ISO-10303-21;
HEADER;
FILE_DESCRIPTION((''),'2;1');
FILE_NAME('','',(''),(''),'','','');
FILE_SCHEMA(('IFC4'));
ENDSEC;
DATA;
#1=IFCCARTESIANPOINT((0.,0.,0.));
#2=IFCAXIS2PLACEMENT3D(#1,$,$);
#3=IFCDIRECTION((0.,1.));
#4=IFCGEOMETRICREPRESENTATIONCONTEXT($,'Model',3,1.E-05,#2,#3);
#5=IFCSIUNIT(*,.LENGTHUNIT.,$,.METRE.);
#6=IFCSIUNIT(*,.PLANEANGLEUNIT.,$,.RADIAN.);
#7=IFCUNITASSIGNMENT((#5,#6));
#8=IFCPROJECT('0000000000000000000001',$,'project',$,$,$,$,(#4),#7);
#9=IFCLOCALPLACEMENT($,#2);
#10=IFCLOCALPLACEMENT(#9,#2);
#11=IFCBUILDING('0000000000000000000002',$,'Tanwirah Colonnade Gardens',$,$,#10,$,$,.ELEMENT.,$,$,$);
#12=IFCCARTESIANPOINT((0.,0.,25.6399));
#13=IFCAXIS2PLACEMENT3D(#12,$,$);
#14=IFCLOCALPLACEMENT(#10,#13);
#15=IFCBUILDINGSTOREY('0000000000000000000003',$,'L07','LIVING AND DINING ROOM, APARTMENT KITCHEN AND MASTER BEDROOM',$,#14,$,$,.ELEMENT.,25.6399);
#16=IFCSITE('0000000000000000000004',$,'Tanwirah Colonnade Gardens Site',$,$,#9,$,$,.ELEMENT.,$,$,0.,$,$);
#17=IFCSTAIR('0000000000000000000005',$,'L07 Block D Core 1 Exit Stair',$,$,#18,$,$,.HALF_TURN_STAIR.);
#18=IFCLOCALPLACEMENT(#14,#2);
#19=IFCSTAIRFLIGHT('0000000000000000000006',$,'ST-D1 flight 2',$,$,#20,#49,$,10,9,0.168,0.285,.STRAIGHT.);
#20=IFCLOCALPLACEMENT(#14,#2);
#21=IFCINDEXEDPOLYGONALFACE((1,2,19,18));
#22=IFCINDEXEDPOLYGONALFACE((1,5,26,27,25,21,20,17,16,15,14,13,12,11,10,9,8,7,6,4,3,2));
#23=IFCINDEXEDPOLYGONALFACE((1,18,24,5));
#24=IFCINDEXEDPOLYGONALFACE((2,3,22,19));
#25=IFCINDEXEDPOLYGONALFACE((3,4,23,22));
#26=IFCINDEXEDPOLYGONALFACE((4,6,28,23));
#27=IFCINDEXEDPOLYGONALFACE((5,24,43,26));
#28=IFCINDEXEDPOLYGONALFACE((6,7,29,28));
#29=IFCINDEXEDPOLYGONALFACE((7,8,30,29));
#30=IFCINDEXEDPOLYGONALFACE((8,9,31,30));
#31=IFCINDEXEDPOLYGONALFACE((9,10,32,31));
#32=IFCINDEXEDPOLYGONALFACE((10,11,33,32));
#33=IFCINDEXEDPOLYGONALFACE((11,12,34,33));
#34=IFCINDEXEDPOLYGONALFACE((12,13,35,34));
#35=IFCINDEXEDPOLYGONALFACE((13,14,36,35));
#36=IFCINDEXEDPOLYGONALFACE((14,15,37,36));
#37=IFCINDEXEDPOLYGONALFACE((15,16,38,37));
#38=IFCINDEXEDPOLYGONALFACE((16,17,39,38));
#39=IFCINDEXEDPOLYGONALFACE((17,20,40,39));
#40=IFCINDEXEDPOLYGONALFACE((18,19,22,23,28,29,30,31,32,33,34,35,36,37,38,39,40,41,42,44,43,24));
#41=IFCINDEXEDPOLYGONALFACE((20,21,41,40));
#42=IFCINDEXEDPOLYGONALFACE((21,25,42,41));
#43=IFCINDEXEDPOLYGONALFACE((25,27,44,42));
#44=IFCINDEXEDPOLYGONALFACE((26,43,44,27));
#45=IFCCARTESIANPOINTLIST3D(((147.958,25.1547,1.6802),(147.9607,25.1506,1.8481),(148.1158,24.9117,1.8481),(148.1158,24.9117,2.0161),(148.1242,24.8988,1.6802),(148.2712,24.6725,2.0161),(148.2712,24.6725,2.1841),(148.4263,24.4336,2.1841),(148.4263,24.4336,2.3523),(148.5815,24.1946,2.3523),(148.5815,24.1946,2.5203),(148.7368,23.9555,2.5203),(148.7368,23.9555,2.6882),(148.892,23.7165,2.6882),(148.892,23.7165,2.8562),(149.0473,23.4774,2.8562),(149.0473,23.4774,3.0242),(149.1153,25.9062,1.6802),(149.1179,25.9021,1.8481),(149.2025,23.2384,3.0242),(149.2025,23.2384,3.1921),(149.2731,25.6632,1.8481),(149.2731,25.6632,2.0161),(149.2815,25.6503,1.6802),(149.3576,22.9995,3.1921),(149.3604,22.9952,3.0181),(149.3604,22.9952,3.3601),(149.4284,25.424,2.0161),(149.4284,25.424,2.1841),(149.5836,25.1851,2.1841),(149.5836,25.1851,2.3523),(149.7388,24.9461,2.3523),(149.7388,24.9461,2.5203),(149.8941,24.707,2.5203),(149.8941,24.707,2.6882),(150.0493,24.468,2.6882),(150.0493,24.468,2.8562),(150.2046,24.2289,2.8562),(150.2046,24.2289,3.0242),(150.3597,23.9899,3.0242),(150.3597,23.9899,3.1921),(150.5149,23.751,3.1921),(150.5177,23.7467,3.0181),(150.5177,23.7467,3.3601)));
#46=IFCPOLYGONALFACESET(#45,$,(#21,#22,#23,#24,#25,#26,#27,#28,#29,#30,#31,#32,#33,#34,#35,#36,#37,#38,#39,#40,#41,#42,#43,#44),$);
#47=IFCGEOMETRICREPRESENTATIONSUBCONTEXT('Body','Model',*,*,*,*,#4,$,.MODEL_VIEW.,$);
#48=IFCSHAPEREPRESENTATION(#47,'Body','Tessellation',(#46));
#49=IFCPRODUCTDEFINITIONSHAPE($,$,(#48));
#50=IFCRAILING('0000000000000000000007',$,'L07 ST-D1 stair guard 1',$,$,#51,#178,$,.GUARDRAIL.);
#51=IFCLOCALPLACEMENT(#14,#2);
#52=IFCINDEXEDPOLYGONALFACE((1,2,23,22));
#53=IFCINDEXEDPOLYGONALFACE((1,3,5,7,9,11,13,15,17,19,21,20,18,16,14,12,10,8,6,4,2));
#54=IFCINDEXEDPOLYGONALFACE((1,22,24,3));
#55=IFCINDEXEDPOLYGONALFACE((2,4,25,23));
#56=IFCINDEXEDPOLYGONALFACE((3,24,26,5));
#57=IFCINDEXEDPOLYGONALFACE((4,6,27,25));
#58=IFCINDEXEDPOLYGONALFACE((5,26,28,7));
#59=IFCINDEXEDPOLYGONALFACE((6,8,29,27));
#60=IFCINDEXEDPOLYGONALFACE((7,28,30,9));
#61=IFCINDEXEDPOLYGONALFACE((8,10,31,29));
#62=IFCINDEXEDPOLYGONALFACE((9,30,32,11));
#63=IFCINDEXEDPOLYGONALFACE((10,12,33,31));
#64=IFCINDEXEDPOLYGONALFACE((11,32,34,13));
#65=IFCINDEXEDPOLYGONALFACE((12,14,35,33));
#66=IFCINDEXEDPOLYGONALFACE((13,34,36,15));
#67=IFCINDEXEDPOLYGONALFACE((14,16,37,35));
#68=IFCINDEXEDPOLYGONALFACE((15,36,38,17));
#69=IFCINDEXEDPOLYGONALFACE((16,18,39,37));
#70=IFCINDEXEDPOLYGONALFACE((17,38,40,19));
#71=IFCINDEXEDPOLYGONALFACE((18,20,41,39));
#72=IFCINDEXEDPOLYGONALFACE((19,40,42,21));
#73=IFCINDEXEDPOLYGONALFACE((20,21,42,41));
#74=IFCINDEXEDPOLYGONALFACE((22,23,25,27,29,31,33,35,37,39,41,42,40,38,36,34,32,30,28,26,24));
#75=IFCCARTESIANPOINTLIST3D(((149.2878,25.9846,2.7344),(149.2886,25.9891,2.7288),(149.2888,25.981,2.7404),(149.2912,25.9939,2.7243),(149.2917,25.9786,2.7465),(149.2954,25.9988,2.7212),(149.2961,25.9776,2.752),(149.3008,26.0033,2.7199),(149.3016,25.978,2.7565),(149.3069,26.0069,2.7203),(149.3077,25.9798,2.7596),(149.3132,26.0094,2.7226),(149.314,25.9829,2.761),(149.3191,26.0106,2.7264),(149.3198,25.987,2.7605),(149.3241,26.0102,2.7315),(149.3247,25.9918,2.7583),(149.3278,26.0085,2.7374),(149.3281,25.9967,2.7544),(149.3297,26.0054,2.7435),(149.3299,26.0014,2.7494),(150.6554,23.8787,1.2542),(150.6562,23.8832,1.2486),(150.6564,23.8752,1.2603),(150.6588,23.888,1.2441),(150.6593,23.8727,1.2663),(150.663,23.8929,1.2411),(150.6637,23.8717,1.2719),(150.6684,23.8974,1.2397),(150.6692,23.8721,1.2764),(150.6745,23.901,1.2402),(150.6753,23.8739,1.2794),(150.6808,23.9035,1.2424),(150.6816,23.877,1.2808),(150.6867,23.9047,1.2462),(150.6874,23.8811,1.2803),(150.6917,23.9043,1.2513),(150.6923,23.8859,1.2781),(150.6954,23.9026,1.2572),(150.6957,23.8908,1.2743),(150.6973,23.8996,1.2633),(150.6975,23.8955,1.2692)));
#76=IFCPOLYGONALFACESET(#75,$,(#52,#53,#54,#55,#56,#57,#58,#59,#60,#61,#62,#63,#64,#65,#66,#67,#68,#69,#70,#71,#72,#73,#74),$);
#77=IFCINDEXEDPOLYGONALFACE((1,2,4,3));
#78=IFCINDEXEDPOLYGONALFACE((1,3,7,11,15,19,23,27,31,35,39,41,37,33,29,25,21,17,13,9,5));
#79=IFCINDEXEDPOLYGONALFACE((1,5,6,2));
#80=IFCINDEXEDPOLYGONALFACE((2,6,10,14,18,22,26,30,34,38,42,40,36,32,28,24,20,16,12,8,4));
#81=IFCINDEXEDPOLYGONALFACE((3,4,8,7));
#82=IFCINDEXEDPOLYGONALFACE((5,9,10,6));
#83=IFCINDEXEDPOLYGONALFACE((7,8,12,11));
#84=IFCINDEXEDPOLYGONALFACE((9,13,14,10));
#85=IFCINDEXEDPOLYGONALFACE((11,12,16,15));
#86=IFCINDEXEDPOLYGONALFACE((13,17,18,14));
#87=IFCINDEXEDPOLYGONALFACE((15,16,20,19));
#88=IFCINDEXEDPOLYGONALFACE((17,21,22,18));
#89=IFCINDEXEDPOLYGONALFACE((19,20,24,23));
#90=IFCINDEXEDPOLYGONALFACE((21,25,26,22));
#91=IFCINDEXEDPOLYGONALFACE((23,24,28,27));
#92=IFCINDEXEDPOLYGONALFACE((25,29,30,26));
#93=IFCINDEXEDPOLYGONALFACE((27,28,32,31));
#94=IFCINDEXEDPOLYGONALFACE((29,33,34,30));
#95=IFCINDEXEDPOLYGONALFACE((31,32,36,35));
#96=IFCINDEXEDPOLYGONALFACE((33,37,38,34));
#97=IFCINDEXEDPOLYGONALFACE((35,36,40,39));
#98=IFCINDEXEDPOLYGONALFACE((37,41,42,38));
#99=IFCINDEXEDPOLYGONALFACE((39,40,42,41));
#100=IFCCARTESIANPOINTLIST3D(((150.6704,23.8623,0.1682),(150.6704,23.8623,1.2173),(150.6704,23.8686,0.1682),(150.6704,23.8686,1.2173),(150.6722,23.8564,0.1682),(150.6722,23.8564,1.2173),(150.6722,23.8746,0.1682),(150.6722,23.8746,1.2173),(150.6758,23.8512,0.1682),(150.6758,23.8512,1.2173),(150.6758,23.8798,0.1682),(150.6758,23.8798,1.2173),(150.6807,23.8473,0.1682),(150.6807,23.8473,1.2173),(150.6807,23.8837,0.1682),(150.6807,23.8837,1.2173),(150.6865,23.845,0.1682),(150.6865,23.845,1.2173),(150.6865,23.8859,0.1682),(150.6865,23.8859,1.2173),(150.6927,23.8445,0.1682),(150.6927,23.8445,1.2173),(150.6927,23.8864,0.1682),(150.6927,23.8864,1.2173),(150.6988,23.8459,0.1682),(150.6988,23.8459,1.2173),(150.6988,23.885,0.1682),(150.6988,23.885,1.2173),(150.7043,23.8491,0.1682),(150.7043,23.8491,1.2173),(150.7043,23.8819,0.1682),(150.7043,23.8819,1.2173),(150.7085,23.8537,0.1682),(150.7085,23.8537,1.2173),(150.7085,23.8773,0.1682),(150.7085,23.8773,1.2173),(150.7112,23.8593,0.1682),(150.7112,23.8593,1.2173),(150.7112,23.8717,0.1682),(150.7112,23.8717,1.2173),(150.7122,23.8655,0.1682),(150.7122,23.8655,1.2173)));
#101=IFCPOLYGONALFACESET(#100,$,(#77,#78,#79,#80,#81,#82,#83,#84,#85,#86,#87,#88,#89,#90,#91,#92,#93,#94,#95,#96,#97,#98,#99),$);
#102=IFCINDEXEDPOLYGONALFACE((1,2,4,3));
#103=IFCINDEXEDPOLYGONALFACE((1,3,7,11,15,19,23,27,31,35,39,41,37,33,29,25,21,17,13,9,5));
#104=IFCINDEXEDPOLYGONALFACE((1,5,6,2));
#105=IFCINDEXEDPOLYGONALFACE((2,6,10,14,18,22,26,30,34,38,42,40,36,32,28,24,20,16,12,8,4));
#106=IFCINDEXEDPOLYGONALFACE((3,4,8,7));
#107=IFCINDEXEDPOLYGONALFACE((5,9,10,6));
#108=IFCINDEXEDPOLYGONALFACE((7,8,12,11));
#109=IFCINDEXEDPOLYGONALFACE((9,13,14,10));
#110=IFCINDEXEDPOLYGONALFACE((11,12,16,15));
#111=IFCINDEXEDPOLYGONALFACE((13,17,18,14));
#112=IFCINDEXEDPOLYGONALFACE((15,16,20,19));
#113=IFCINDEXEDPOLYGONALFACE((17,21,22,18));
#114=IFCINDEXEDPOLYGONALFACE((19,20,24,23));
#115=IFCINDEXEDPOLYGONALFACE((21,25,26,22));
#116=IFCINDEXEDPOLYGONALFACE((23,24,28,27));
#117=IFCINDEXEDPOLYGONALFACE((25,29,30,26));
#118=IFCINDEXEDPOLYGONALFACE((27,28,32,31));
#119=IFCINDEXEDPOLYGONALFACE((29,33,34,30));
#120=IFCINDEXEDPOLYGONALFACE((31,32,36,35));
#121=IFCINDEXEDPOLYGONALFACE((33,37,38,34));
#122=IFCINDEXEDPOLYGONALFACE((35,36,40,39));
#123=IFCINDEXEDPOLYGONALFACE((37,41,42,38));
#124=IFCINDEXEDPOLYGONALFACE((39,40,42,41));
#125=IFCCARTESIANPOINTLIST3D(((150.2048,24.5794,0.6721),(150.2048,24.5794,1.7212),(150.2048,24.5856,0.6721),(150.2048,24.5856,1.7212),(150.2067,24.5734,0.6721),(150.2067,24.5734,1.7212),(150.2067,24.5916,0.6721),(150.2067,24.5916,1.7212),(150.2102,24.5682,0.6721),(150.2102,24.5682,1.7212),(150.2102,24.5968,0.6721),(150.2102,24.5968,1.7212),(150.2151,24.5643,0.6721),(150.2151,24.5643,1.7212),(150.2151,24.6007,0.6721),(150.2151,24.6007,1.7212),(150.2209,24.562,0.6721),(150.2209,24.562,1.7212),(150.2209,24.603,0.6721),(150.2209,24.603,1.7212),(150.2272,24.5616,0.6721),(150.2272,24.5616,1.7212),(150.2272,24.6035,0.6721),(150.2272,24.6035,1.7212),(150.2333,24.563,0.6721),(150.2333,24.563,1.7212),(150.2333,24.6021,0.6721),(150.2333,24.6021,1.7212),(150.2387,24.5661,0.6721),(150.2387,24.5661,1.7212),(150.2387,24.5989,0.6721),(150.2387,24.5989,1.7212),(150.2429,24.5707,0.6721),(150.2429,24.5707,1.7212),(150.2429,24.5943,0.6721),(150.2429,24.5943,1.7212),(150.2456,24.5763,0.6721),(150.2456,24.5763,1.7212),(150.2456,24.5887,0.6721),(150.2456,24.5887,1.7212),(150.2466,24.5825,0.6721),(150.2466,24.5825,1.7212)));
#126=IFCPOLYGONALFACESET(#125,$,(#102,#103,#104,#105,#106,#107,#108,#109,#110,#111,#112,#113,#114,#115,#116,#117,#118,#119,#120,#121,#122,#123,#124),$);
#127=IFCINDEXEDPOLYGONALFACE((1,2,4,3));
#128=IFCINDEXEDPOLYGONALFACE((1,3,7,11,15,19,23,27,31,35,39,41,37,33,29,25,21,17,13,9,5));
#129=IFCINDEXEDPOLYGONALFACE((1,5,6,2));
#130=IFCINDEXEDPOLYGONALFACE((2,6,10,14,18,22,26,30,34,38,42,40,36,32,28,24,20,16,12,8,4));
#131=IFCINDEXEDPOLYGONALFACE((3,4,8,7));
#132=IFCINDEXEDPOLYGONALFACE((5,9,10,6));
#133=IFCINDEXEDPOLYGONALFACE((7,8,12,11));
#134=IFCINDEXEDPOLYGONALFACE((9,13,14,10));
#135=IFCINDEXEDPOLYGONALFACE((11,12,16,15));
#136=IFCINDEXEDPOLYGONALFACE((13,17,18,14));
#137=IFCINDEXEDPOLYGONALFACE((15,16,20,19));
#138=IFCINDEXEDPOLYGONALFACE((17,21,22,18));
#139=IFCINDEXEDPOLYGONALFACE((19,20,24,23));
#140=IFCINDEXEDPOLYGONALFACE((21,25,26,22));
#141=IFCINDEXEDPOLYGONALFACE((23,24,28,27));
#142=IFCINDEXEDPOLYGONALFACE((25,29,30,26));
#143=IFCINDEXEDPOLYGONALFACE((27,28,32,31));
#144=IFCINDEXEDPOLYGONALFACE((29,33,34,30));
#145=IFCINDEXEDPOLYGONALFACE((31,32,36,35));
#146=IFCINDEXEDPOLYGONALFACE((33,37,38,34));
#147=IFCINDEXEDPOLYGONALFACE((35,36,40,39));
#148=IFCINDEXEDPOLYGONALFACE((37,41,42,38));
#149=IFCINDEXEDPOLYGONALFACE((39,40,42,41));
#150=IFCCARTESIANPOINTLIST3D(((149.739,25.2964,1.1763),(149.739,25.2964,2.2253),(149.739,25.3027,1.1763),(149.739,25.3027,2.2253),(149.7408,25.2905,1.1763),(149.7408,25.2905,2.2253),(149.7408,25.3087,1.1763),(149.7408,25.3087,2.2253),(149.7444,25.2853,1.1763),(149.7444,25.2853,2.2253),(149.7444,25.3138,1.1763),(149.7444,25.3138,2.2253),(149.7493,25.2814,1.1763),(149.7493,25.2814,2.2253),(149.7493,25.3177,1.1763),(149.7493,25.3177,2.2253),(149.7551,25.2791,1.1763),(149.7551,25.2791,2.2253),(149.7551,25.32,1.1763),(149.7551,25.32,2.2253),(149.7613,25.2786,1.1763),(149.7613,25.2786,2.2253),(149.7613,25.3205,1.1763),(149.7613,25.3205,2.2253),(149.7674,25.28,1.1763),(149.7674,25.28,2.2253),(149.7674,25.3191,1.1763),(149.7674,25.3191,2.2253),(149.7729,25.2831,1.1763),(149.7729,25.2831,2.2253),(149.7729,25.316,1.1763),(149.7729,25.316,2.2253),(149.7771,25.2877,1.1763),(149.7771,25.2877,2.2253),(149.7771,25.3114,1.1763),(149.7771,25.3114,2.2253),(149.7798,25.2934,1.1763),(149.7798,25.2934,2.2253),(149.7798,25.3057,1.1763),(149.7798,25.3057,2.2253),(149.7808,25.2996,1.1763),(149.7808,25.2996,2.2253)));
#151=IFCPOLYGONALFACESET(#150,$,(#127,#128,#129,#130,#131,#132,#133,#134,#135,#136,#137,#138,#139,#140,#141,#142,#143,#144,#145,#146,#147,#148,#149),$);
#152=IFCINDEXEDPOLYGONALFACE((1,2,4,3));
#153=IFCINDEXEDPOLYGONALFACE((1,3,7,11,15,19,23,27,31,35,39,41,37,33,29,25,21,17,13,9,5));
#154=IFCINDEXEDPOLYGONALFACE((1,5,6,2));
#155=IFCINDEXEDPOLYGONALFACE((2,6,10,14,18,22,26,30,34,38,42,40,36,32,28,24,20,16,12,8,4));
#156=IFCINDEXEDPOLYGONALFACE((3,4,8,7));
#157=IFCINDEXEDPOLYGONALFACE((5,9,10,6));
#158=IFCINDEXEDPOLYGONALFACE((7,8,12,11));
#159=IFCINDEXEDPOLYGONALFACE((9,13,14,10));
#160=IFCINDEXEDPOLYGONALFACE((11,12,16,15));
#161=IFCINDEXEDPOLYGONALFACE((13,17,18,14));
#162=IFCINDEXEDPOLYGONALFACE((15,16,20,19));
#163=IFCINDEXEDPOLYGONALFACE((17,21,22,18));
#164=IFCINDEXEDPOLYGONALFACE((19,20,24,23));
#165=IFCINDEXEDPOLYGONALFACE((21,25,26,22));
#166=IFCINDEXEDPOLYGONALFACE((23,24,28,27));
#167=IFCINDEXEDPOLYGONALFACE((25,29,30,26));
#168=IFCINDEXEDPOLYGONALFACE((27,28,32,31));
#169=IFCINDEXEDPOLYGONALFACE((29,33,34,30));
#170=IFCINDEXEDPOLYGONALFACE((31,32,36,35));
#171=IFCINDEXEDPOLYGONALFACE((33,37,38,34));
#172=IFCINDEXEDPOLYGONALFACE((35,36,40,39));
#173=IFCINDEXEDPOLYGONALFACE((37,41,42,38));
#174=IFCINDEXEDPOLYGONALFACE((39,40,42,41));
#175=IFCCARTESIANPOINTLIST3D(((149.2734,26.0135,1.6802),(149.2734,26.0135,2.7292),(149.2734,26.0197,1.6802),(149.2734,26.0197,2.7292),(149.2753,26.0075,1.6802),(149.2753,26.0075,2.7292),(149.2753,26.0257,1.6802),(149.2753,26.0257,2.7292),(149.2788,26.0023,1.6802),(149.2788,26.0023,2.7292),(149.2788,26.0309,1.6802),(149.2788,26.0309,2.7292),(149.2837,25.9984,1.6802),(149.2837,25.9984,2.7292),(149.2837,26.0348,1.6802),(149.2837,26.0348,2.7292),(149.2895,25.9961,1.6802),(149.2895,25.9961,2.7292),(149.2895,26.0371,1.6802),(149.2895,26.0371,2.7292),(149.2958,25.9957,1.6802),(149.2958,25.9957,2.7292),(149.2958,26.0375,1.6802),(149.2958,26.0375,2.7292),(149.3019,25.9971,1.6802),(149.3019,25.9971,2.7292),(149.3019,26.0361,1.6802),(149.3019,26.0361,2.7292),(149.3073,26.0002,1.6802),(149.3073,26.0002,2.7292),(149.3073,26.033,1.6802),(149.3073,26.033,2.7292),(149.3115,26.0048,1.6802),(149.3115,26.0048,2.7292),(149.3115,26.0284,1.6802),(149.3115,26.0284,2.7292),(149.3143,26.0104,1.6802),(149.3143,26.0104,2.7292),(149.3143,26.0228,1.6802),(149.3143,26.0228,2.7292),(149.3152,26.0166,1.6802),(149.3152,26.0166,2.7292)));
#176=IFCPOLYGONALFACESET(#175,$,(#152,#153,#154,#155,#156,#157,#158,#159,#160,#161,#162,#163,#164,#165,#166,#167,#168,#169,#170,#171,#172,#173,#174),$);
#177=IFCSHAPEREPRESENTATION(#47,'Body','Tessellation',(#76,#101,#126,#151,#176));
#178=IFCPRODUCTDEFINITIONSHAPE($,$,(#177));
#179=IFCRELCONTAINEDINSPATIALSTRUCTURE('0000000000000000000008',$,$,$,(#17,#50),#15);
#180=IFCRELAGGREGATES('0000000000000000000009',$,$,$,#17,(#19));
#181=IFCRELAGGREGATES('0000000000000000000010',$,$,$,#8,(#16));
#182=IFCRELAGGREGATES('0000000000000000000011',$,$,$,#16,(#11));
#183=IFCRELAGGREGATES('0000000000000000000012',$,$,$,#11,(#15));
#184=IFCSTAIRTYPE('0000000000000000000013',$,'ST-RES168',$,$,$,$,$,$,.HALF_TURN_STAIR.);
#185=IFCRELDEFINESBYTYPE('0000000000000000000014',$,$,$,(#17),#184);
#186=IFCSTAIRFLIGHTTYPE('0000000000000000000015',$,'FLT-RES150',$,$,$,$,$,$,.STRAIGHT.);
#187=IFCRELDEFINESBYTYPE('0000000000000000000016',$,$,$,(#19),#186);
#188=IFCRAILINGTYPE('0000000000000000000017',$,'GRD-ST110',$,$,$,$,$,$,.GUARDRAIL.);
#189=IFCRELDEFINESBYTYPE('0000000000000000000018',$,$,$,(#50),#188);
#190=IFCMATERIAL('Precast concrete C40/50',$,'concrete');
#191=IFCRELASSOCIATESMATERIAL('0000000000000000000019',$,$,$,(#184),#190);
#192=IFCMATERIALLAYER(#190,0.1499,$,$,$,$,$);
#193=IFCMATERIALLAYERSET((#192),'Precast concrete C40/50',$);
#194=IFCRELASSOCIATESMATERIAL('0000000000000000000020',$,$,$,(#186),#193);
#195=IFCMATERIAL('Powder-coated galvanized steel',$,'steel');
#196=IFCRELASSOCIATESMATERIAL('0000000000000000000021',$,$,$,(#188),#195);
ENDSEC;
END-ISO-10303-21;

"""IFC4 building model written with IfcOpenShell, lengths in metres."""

from ifc_helpers import new_model, si_unit, direction, frame, origin, origin_2d, place, context, subcontext, project, spatial, polyline, circle, outline, extrude, material, layer, layer_set, type_object, element, aggregate, save


model = new_model("IFC4")

# Units and contexts
model_context = context("Model", 3, precision=1e-05, world=origin(), true_north=direction((0.0, 1.0)))
body_context = subcontext(model_context, "Body", "Model", "MODEL_VIEW")
ifc_project = project(units=[si_unit("LENGTHUNIT", "METRE"), si_unit("PLANEANGLEUNIT", "RADIAN")], contexts=[model_context])

# Site, building, storey
site_placement = place(None, origin())
site = spatial("IfcSite", under=ifc_project, at=site_placement, Name="Tanwirah Colonnade Gardens Site", CompositionType="ELEMENT", RefElevation=0.0)
building_placement = place(site_placement, origin())
building = spatial("IfcBuilding", under=site, at=building_placement, Name="Tanwirah Colonnade Gardens", CompositionType="ELEMENT")
storey_placement = place(building_placement, frame((0.0, 0.0, 25.6399)))
storey = spatial("IfcBuildingStorey", under=building, at=storey_placement, Name="L07", Description="LIVING AND DINING ROOM, APARTMENT KITCHEN AND MASTER BEDROOM", CompositionType="ELEMENT", Elevation=25.6399)

# Shared definitions
ifc_material_1 = material(Name="Precast concrete C40/50", Category="concrete")

# Stair, stair flight
stair_type = type_object("IfcStairType", Name="ST-RES168", PredefinedType="HALF_TURN_STAIR", material=ifc_material_1)
stair_placement = place(storey_placement, origin())
stair = element("IfcStair", 1, at=stair_placement, inside=storey, type_object=stair_type, Name="L07 Block D Core 1 Exit Stair", PredefinedType="HALF_TURN_STAIR")
ifc_layer_1 = layer(ifc_material_1, 0.1499)
ifc_layer_set_1 = layer_set([ifc_layer_1], Name="Precast concrete C40/50")
stair_flight_type = type_object("IfcStairFlightType", Name="FLT-RES150", PredefinedType="STRAIGHT", material=ifc_layer_set_1)
stair_flight_1_placement = place(storey_placement, frame((148.5393, 25.5264, 1.6802), z_axis=(0.0, 0.0, 1.0), x_axis=(0.544639, -0.838671, 0.0)))
stair_flight_1 = element("IfcStairFlight", 2, at=stair_flight_1_placement, type_object=stair_flight_type, Name="ST-D1 flight 2", NumberOfRisers=10, NumberOfTreads=9, PredefinedType="STRAIGHT", RiserHeight=0.168, TreadLength=0.285, context=body_context, shape_type="SweptSolid", body=[
    extrude(outline(polyline([(-0.0049, 0.0), (0.0, 0.168), (0.2849, 0.168), (0.2849, 0.3359), (0.5701, 0.3359), (0.5701, 0.5039), (0.855, 0.5039), (0.855, 0.6721), (1.1399, 0.6721), (1.1399, 0.8401), (1.425, 0.8401), (1.425, 1.0081), (1.71, 1.0081), (1.71, 1.176), (1.9951, 1.176), (1.9951, 1.344), (2.28, 1.344), (2.28, 1.512), (2.5649, 1.512), (2.5701, 1.6799), (2.5701, 1.3379), (0.3003, 0.0), (-0.0049, 0.0)])), frame((0.0, 0.6899, 0.0), z_axis=(0.0, -1.0, 0.0), x_axis=(1.0, 0.0, 0.0)), (0.0, 0.0, 1.0), 1.3799),
])
aggregate(stair, [stair_flight_1])

# Railing
ifc_material_2 = material(Name="Powder-coated galvanized steel", Category="steel")
railing_type_1 = type_object("IfcRailingType", Name="GRD-ST110", PredefinedType="GUARDRAIL", material=ifc_material_2)
railing_1_placement = place(storey_placement, frame((150.6912, 23.8655, 0.1682)))
element("IfcRailing", 3, at=railing_1_placement, inside=storey, type_object=railing_type_1, Name="L07 ST-D1 stair guard 1", PredefinedType="GUARDRAIL", context=body_context, shape_type="SweptSolid", body=[
    extrude(circle(Radius=0.0239, at=origin_2d()), frame((-0.0146, 0.0227, 1.092), z_axis=(-0.469193, 0.722484, 0.507814), x_axis=(-0.838668, -0.544644, 0.0)), (0.0, 0.0, 1.0), 2.9148),
    extrude(circle(Radius=0.021, at=origin_2d()), origin(), (0.0, 0.0, 1.0), 1.0491),
    extrude(circle(Radius=0.021, at=origin_2d()), frame((-0.4656, 0.717, 0.5039)), (0.0, 0.0, 1.0), 1.0491),
    extrude(circle(Radius=0.021, at=origin_2d()), frame((-0.9314, 1.4341, 1.0081)), (0.0, 0.0, 1.0), 1.0491),
    extrude(circle(Radius=0.021, at=origin_2d()), frame((-1.397, 2.1511, 1.512)), (0.0, 0.0, 1.0), 1.0491),
])

save(model, "model.ifc")
